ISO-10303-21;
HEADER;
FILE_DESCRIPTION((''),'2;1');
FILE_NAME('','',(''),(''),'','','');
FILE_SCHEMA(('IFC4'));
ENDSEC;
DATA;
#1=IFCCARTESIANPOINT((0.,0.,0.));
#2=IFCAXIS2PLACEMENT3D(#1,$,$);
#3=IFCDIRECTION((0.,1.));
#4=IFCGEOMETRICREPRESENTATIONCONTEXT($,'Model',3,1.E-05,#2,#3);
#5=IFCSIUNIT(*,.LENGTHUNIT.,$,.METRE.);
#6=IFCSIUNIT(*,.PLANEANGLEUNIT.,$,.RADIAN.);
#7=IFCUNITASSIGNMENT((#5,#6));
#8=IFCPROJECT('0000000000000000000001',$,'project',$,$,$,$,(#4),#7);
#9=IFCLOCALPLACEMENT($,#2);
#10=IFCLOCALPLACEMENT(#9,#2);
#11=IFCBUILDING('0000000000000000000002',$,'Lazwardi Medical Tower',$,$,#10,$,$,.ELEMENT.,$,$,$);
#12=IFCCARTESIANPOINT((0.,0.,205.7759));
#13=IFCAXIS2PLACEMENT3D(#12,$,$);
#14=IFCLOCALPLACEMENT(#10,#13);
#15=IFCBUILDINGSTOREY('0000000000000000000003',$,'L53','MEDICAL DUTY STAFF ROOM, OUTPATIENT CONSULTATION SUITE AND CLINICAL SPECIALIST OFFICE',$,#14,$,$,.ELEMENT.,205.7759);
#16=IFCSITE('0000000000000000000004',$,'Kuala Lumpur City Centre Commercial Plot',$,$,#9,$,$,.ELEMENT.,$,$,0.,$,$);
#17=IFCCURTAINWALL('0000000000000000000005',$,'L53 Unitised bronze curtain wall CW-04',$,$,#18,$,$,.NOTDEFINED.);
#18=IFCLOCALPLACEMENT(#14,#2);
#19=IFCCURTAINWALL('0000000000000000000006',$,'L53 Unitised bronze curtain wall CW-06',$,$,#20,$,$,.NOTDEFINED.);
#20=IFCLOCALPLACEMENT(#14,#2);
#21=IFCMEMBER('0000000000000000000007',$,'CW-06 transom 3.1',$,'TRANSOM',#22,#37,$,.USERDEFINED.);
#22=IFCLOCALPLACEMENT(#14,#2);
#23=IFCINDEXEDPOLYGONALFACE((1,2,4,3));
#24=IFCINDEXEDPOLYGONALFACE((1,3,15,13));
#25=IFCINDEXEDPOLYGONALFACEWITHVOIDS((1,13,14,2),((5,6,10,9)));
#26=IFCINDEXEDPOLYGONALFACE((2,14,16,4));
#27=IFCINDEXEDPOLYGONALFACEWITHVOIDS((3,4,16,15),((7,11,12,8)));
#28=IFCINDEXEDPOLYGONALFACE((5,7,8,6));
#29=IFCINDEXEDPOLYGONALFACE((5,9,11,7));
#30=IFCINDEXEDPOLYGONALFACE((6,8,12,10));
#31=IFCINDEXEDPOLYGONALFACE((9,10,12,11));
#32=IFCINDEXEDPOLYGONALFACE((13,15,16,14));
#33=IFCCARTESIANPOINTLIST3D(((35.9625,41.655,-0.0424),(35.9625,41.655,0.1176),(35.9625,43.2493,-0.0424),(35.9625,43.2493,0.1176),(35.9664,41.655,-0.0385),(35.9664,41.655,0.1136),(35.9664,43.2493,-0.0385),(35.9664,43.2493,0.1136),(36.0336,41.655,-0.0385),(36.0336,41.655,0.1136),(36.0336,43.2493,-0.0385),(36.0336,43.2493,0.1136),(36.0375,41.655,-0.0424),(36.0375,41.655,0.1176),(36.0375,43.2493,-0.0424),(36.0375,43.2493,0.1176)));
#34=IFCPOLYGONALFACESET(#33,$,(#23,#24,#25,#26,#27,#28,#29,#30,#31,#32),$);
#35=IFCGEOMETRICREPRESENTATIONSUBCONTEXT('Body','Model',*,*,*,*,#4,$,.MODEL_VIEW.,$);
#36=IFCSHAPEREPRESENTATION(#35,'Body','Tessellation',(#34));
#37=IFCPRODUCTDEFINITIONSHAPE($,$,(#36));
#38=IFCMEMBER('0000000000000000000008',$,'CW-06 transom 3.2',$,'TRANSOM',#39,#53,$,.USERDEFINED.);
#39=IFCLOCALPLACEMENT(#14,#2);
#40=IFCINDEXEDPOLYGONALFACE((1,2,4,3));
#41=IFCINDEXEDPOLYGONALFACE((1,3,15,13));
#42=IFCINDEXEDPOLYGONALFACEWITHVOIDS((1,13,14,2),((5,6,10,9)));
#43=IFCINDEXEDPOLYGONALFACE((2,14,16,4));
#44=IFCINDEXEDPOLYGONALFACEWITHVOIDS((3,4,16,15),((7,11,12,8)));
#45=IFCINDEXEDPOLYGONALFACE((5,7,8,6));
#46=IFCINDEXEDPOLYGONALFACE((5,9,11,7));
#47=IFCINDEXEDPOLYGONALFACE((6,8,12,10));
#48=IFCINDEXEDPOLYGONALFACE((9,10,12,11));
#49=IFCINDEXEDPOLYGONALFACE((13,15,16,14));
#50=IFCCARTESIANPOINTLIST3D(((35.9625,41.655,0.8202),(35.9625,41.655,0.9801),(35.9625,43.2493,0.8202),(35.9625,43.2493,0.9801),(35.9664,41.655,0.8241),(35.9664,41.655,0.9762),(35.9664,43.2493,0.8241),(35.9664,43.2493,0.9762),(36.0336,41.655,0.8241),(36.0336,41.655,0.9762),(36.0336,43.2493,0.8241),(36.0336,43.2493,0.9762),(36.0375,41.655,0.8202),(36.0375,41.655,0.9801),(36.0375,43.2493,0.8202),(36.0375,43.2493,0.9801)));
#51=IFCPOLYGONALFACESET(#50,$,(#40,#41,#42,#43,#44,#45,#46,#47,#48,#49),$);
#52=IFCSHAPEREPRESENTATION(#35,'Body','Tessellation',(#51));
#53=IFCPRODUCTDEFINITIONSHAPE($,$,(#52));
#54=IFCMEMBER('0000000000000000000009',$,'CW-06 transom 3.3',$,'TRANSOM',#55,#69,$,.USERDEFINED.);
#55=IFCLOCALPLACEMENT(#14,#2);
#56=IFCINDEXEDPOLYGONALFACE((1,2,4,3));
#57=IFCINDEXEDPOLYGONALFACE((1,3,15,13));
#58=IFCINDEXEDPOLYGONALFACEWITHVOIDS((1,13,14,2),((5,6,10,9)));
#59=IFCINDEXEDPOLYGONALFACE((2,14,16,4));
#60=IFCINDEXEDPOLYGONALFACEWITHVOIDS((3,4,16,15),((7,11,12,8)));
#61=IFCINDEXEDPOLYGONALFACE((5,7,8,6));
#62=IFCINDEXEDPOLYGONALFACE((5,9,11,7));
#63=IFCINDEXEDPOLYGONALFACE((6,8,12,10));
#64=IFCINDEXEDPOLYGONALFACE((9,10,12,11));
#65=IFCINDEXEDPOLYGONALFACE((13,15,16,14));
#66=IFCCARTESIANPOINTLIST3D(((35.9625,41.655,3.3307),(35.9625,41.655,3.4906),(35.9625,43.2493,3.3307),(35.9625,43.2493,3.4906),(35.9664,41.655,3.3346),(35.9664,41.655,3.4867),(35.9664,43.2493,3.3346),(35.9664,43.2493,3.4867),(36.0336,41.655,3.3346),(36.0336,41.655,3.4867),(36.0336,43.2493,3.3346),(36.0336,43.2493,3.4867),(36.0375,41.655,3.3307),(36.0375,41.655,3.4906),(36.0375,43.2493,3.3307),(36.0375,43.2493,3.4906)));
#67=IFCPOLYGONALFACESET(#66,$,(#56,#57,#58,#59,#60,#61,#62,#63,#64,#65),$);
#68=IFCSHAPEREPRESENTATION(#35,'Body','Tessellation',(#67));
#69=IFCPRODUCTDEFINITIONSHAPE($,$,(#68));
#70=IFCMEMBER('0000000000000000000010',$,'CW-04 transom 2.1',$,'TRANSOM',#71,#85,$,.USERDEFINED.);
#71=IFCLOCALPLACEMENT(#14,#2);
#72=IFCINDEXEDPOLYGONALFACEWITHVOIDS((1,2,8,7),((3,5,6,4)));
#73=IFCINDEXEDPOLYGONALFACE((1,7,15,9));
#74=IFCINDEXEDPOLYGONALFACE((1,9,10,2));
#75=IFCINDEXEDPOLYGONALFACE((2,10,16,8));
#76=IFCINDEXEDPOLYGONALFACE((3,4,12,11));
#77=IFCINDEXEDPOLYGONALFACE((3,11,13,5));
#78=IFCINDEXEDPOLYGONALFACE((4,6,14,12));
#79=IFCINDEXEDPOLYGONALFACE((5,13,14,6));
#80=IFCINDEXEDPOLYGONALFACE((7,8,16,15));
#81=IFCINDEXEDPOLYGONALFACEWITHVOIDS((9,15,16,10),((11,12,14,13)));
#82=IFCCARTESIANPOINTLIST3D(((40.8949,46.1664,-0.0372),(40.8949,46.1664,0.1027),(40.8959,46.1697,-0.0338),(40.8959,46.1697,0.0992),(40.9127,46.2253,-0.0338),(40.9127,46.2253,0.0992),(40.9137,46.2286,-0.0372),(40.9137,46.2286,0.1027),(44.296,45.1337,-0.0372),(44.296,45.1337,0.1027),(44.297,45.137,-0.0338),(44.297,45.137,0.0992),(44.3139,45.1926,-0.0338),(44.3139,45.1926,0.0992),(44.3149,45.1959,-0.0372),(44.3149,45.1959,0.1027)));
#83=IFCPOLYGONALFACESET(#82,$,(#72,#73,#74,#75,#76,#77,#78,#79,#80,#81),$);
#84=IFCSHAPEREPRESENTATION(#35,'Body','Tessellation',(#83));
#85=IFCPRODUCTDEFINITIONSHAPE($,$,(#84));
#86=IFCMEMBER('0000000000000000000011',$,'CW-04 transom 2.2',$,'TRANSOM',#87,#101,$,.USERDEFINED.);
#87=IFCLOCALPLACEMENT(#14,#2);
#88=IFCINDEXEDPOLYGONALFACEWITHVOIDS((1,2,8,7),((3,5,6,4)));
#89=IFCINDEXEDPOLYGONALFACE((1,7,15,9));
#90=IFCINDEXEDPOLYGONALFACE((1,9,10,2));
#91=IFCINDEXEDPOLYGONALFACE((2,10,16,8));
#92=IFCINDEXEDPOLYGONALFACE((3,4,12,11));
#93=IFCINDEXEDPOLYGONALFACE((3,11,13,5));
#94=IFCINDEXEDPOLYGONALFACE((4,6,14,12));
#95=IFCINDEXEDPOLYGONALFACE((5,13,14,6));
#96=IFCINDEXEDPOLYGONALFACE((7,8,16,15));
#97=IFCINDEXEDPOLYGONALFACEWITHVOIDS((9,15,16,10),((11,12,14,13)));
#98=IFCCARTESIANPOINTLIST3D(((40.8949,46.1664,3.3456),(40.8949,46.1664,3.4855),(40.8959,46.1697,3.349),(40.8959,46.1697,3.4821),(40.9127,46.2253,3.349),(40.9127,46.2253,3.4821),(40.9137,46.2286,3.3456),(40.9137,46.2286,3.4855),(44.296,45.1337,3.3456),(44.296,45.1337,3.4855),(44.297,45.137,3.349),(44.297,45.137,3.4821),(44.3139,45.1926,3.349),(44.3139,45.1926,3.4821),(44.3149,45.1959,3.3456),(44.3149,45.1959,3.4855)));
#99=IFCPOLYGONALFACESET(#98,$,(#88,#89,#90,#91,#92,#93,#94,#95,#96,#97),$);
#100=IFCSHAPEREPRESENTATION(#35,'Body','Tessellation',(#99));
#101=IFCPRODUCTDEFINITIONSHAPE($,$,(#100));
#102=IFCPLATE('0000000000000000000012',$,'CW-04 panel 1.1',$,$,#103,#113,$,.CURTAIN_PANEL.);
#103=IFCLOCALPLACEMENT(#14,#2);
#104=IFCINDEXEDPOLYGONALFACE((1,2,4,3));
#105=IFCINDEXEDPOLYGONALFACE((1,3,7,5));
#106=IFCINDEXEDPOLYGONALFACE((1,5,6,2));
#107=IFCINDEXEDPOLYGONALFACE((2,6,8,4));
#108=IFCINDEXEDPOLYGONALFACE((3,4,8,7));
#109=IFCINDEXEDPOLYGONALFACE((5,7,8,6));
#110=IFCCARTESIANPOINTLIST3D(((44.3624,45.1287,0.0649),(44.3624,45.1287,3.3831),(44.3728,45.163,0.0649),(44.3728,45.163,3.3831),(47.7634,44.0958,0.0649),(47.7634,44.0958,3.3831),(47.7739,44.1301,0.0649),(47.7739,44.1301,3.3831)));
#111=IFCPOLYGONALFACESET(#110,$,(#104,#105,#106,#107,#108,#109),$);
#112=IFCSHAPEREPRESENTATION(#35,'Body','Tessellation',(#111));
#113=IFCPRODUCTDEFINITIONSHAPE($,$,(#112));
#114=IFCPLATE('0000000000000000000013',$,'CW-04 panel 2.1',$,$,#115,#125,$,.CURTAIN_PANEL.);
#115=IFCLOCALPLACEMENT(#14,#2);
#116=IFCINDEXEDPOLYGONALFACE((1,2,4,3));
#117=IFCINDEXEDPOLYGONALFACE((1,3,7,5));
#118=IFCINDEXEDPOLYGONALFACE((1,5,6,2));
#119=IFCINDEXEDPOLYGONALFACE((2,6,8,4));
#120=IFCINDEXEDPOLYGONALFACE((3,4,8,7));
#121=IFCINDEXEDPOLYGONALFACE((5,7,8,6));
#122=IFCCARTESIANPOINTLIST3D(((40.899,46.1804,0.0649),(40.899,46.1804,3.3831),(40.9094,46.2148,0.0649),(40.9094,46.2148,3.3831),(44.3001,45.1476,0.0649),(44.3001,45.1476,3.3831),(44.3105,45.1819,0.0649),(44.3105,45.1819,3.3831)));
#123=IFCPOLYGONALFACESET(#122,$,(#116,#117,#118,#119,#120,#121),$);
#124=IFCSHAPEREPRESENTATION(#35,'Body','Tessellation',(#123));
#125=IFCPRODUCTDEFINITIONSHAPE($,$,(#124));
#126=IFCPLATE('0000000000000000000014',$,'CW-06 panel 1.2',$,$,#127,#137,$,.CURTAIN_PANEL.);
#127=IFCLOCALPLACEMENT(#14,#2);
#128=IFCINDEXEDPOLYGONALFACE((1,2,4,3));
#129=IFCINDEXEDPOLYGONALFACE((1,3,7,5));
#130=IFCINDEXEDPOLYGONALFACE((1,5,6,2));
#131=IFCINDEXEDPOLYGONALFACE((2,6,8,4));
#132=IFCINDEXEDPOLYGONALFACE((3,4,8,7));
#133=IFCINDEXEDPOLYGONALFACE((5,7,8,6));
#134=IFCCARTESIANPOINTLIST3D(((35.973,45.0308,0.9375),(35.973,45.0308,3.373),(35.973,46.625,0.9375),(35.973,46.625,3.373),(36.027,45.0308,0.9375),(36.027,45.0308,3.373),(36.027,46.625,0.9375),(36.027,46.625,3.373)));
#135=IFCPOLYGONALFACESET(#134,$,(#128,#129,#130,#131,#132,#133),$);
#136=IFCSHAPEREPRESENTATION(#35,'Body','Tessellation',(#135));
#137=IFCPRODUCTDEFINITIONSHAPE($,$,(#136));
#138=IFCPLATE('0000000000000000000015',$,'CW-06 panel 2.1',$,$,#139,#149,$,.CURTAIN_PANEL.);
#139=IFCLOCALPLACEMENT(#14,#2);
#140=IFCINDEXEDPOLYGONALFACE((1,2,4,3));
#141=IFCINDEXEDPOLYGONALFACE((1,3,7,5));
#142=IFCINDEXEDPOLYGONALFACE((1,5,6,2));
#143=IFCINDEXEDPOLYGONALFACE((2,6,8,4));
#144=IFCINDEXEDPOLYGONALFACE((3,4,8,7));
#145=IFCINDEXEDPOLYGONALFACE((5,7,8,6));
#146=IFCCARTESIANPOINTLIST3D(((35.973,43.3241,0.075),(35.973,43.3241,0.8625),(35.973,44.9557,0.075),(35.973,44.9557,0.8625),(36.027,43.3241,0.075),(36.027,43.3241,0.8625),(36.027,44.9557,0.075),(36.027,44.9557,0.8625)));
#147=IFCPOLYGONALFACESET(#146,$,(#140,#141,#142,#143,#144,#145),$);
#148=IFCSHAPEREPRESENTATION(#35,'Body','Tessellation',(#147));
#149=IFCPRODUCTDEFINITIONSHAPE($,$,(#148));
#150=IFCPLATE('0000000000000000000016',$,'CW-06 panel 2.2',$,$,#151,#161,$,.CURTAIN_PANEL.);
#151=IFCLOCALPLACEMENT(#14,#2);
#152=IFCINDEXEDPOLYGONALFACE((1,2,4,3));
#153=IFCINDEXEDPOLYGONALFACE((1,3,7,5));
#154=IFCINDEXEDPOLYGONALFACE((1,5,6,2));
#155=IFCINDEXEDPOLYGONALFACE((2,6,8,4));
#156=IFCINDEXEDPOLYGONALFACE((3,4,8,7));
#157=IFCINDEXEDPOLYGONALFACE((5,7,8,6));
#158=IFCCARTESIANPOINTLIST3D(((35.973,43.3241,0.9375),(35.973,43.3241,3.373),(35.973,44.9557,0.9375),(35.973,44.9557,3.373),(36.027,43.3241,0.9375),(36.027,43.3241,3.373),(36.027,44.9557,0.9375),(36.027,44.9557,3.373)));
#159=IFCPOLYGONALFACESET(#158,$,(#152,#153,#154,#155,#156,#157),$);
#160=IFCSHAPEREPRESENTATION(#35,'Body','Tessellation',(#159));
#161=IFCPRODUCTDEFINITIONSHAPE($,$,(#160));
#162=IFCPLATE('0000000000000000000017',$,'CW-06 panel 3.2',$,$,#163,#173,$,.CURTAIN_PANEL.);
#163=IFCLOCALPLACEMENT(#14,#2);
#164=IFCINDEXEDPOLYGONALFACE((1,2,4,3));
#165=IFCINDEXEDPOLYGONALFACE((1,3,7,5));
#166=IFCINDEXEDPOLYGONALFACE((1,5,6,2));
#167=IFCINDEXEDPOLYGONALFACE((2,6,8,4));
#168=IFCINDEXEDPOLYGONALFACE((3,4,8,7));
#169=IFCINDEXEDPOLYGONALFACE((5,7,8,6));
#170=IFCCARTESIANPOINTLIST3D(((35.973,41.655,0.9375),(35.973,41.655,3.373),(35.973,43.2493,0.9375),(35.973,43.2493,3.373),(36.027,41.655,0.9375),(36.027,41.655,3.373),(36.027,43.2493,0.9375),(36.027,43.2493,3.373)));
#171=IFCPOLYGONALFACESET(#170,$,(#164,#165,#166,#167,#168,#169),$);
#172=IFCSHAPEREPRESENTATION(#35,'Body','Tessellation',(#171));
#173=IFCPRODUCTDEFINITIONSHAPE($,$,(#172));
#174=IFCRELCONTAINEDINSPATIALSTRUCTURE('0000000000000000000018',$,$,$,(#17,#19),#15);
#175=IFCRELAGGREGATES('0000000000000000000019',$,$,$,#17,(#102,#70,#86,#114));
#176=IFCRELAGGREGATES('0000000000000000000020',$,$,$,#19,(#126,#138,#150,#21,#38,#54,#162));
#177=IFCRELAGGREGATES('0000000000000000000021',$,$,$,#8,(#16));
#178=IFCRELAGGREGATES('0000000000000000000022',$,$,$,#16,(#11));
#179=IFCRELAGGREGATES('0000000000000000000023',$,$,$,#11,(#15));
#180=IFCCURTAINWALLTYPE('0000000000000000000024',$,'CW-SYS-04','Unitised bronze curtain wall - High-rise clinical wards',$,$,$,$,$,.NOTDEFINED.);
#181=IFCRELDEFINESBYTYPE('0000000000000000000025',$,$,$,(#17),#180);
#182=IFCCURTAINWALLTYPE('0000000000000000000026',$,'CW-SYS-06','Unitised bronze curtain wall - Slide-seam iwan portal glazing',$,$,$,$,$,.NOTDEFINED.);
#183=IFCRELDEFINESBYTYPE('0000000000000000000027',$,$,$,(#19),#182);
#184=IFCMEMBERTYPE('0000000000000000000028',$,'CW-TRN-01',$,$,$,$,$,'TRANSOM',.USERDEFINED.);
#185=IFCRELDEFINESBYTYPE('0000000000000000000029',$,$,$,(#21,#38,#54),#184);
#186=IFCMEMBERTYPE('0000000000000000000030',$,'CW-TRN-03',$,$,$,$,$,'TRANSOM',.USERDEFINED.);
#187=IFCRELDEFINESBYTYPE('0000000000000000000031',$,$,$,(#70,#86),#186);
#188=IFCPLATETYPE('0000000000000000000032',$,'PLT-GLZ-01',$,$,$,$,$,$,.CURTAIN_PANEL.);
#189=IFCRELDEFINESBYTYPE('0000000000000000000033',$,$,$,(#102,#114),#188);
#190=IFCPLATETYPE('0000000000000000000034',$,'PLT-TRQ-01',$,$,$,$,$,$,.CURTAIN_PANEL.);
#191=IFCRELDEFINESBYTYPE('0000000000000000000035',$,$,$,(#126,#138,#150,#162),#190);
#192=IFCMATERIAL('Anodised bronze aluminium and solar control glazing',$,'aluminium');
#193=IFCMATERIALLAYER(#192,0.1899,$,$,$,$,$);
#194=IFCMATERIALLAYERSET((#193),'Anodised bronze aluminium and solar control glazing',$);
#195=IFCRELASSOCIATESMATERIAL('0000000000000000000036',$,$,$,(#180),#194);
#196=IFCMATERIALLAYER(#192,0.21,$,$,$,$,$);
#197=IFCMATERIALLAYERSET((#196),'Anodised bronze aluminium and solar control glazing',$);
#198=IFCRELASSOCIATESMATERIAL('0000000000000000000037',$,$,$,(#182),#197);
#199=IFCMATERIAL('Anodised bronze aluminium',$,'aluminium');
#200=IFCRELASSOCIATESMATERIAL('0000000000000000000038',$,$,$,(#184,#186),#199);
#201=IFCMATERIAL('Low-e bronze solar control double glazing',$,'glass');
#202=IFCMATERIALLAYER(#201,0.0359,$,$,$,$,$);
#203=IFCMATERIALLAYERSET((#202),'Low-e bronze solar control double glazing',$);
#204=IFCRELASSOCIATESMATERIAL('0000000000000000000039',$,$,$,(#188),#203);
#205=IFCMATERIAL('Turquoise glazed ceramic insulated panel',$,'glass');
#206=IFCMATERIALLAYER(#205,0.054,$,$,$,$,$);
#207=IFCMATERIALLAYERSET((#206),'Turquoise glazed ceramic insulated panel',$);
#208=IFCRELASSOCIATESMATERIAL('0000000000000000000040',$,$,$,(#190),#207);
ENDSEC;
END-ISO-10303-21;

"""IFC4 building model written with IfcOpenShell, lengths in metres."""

from ifc_helpers import new_model, si_unit, direction, frame, origin, origin_2d, place, context, subcontext, project, spatial, rectangle, hollow_rectangle, extrude, material, layer, layer_set, material_profile, profile_set, type_object, element, aggregate, save


model = new_model("IFC4")

# Units and contexts
model_context = context("Model", 3, precision=1e-05, world=origin(), true_north=direction((0.0, 1.0)))
body_context = subcontext(model_context, "Body", "Model", "MODEL_VIEW")
ifc_project = project(units=[si_unit("LENGTHUNIT", "METRE"), si_unit("PLANEANGLEUNIT", "RADIAN")], contexts=[model_context])

# Site, building, storey
site_placement = place(None, origin())
site = spatial("IfcSite", under=ifc_project, at=site_placement, Name="Kuala Lumpur City Centre Commercial Plot", CompositionType="ELEMENT", RefElevation=0.0)
building_placement = place(site_placement, origin())
building = spatial("IfcBuilding", under=site, at=building_placement, Name="Lazwardi Medical Tower", CompositionType="ELEMENT")
storey_placement = place(building_placement, frame((0.0, 0.0, 205.7759)))
storey = spatial("IfcBuildingStorey", under=building, at=storey_placement, Name="L53", Description="MEDICAL DUTY STAFF ROOM, OUTPATIENT CONSULTATION SUITE AND CLINICAL SPECIALIST OFFICE", CompositionType="ELEMENT", Elevation=205.7759)

# Curtain walls, members
ifc_material_1 = material(Name="Anodised bronze aluminium and solar control glazing", Category="aluminium")
ifc_layer_1 = layer(ifc_material_1, 0.1899)
ifc_layer_set_1 = layer_set([ifc_layer_1], Name="Anodised bronze aluminium and solar control glazing")
curtain_wall_type_1 = type_object("IfcCurtainWallType", Name="CW-SYS-04", Description="Unitised bronze curtain wall - High-rise clinical wards", PredefinedType="NOTDEFINED", material=ifc_layer_set_1)
curtain_wall_1_placement = place(storey_placement, origin())
curtain_wall_1 = element("IfcCurtainWall", 1, at=curtain_wall_1_placement, inside=storey, type_object=curtain_wall_type_1, Name="L53 Unitised bronze curtain wall CW-04", PredefinedType="NOTDEFINED")
ifc_material_2 = material(Name="Anodised bronze aluminium", Category="aluminium")
ifc_layer_2 = layer(ifc_material_1, 0.21)
ifc_layer_set_2 = layer_set([ifc_layer_2], Name="Anodised bronze aluminium and solar control glazing")
curtain_wall_type_2 = type_object("IfcCurtainWallType", Name="CW-SYS-06", Description="Unitised bronze curtain wall - Slide-seam iwan portal glazing", PredefinedType="NOTDEFINED", material=ifc_layer_set_2)
curtain_wall_2_placement = place(storey_placement, origin())
curtain_wall_2 = element("IfcCurtainWall", 2, at=curtain_wall_2_placement, inside=storey, type_object=curtain_wall_type_2, Name="L53 Unitised bronze curtain wall CW-06", PredefinedType="NOTDEFINED")
ifc_material_profile_1 = material_profile(ifc_material_2, hollow_rectangle(XDim=0.075, YDim=0.1599, WallThickness=0.0039, at=origin_2d()), Name="ALU-TRANSOM 160x75x4")
ifc_profile_set_1 = profile_set([ifc_material_profile_1], Name="Anodised bronze aluminium")
member_type_1 = type_object("IfcMemberType", Name="CW-TRN-01", ElementType="TRANSOM", PredefinedType="USERDEFINED", material=ifc_profile_set_1)
member_1_placement = place(storey_placement, frame((36.0, 43.2493, 0.0376), z_axis=(0.0, -1.0, 0.0), x_axis=(1.0, 0.0, 0.0)))
member_1 = element("IfcMember", 3, at=member_1_placement, type_object=member_type_1, Name="CW-06 transom 3.1", ObjectType="TRANSOM", PredefinedType="USERDEFINED", context=body_context, shape_type="SweptSolid", body=[
    extrude(hollow_rectangle(XDim=0.075, YDim=0.1599, WallThickness=0.0039, at=origin_2d()), origin(), (0.0, 0.0, 1.0), 1.5942),
])
member_2_placement = place(storey_placement, frame((36.0, 43.2493, 0.9001), z_axis=(0.0, -1.0, 0.0), x_axis=(1.0, 0.0, 0.0)))
member_2 = element("IfcMember", 4, at=member_2_placement, type_object=member_type_1, Name="CW-06 transom 3.2", ObjectType="TRANSOM", PredefinedType="USERDEFINED", context=body_context, shape_type="SweptSolid", body=[
    extrude(hollow_rectangle(XDim=0.075, YDim=0.1599, WallThickness=0.0039, at=origin_2d()), origin(), (0.0, 0.0, 1.0), 1.5942),
])
member_3_placement = place(storey_placement, frame((36.0, 43.2493, 3.4106), z_axis=(0.0, -1.0, 0.0), x_axis=(1.0, 0.0, 0.0)))
member_3 = element("IfcMember", 5, at=member_3_placement, type_object=member_type_1, Name="CW-06 transom 3.3", ObjectType="TRANSOM", PredefinedType="USERDEFINED", context=body_context, shape_type="SweptSolid", body=[
    extrude(hollow_rectangle(XDim=0.075, YDim=0.1599, WallThickness=0.0039, at=origin_2d()), origin(), (0.0, 0.0, 1.0), 1.5942),
])

# Members
ifc_material_profile_2 = material_profile(ifc_material_2, hollow_rectangle(XDim=0.0649, YDim=0.1399, WallThickness=0.0034, at=origin_2d()), Name="ALU-TRANSOM 140x65x3.5")
ifc_profile_set_2 = profile_set([ifc_material_profile_2], Name="Anodised bronze aluminium")
member_type_2 = type_object("IfcMemberType", Name="CW-TRN-03", ElementType="TRANSOM", PredefinedType="USERDEFINED", material=ifc_profile_set_2)
member_4_placement = place(storey_placement, frame((44.3054, 45.1648, 0.0327), z_axis=(-0.956863, 0.290541, 0.0), x_axis=(-0.290541, -0.956863, 0.0)))
member_4 = element("IfcMember", 6, at=member_4_placement, type_object=member_type_2, Name="CW-04 transom 2.1", ObjectType="TRANSOM", PredefinedType="USERDEFINED", context=body_context, shape_type="SweptSolid", body=[
    extrude(hollow_rectangle(XDim=0.0649, YDim=0.1399, WallThickness=0.0034, at=origin_2d()), origin(), (0.0, 0.0, 1.0), 3.5544),
])
member_5_placement = place(storey_placement, frame((44.3054, 45.1648, 3.4155), z_axis=(-0.956863, 0.290541, 0.0), x_axis=(-0.290541, -0.956863, 0.0)))
member_5 = element("IfcMember", 7, at=member_5_placement, type_object=member_type_2, Name="CW-04 transom 2.2", ObjectType="TRANSOM", PredefinedType="USERDEFINED", context=body_context, shape_type="SweptSolid", body=[
    extrude(hollow_rectangle(XDim=0.0649, YDim=0.1399, WallThickness=0.0034, at=origin_2d()), origin(), (0.0, 0.0, 1.0), 3.5544),
])

# Plates
ifc_material_3 = material(Name="Low-e bronze solar control double glazing", Category="glass")
ifc_layer_3 = layer(ifc_material_3, 0.0359)
ifc_layer_set_3 = layer_set([ifc_layer_3], Name="Low-e bronze solar control double glazing")
plate_type_1 = type_object("IfcPlateType", Name="PLT-GLZ-01", PredefinedType="CURTAIN_PANEL", material=ifc_layer_set_3)
plate_1_placement = place(storey_placement, frame((46.0681, 44.6294, 0.0649), z_axis=(0.0, 0.0, 1.0), x_axis=(-0.95685, 0.290582, 0.0)))
plate_1 = element("IfcPlate", 8, at=plate_1_placement, type_object=plate_type_1, Name="CW-04 panel 1.1", PredefinedType="CURTAIN_PANEL", context=body_context, shape_type="SweptSolid", body=[
    extrude(rectangle(XDim=3.5544, YDim=0.0359, at=origin_2d()), origin(), (0.0, 0.0, 1.0), 3.3181),
])
plate_2_placement = place(storey_placement, frame((42.6047, 45.6812, 0.0649), z_axis=(0.0, 0.0, 1.0), x_axis=(-0.95685, 0.290582, 0.0)))
plate_2 = element("IfcPlate", 9, at=plate_2_placement, type_object=plate_type_1, Name="CW-04 panel 2.1", PredefinedType="CURTAIN_PANEL", context=body_context, shape_type="SweptSolid", body=[
    extrude(rectangle(XDim=3.5544, YDim=0.0359, at=origin_2d()), origin(), (0.0, 0.0, 1.0), 3.3181),
])
aggregate(curtain_wall_1, [plate_1, member_4, member_5, plate_2])
ifc_material_4 = material(Name="Turquoise glazed ceramic insulated panel", Category="glass")
ifc_layer_4 = layer(ifc_material_4, 0.054)
ifc_layer_set_4 = layer_set([ifc_layer_4], Name="Turquoise glazed ceramic insulated panel")
plate_type_2 = type_object("IfcPlateType", Name="PLT-TRQ-01", PredefinedType="CURTAIN_PANEL", material=ifc_layer_set_4)
plate_3_placement = place(storey_placement, frame((36.0, 45.8279, 0.9375), z_axis=(0.0, 0.0, 1.0), x_axis=(0.0, -1.0, 0.0)))
plate_3 = element("IfcPlate", 10, at=plate_3_placement, type_object=plate_type_2, Name="CW-06 panel 1.2", PredefinedType="CURTAIN_PANEL", context=body_context, shape_type="SweptSolid", body=[
    extrude(rectangle(XDim=1.5942, YDim=0.054, at=origin_2d()), origin(), (0.0, 0.0, 1.0), 2.4355),
])
plate_4_placement = place(storey_placement, frame((36.0, 44.1399, 0.075), z_axis=(0.0, 0.0, 1.0), x_axis=(0.0, -1.0, 0.0)))
plate_4 = element("IfcPlate", 11, at=plate_4_placement, type_object=plate_type_2, Name="CW-06 panel 2.1", PredefinedType="CURTAIN_PANEL", context=body_context, shape_type="SweptSolid", body=[
    extrude(rectangle(XDim=1.6316, YDim=0.054, at=origin_2d()), origin(), (0.0, 0.0, 1.0), 0.7876),
])
plate_5_placement = place(storey_placement, frame((36.0, 44.1399, 0.9375), z_axis=(0.0, 0.0, 1.0), x_axis=(0.0, -1.0, 0.0)))
plate_5 = element("IfcPlate", 12, at=plate_5_placement, type_object=plate_type_2, Name="CW-06 panel 2.2", PredefinedType="CURTAIN_PANEL", context=body_context, shape_type="SweptSolid", body=[
    extrude(rectangle(XDim=1.6316, YDim=0.054, at=origin_2d()), origin(), (0.0, 0.0, 1.0), 2.4355),
])
plate_6_placement = place(storey_placement, frame((36.0, 42.4521, 0.9375), z_axis=(0.0, 0.0, 1.0), x_axis=(0.0, -1.0, 0.0)))
plate_6 = element("IfcPlate", 13, at=plate_6_placement, type_object=plate_type_2, Name="CW-06 panel 3.2", PredefinedType="CURTAIN_PANEL", context=body_context, shape_type="SweptSolid", body=[
    extrude(rectangle(XDim=1.5942, YDim=0.054, at=origin_2d()), origin(), (0.0, 0.0, 1.0), 2.4355),
])
aggregate(curtain_wall_2, [plate_3, plate_4, plate_5, member_1, member_2, member_3, plate_6])

save(model, "model.ifc")
